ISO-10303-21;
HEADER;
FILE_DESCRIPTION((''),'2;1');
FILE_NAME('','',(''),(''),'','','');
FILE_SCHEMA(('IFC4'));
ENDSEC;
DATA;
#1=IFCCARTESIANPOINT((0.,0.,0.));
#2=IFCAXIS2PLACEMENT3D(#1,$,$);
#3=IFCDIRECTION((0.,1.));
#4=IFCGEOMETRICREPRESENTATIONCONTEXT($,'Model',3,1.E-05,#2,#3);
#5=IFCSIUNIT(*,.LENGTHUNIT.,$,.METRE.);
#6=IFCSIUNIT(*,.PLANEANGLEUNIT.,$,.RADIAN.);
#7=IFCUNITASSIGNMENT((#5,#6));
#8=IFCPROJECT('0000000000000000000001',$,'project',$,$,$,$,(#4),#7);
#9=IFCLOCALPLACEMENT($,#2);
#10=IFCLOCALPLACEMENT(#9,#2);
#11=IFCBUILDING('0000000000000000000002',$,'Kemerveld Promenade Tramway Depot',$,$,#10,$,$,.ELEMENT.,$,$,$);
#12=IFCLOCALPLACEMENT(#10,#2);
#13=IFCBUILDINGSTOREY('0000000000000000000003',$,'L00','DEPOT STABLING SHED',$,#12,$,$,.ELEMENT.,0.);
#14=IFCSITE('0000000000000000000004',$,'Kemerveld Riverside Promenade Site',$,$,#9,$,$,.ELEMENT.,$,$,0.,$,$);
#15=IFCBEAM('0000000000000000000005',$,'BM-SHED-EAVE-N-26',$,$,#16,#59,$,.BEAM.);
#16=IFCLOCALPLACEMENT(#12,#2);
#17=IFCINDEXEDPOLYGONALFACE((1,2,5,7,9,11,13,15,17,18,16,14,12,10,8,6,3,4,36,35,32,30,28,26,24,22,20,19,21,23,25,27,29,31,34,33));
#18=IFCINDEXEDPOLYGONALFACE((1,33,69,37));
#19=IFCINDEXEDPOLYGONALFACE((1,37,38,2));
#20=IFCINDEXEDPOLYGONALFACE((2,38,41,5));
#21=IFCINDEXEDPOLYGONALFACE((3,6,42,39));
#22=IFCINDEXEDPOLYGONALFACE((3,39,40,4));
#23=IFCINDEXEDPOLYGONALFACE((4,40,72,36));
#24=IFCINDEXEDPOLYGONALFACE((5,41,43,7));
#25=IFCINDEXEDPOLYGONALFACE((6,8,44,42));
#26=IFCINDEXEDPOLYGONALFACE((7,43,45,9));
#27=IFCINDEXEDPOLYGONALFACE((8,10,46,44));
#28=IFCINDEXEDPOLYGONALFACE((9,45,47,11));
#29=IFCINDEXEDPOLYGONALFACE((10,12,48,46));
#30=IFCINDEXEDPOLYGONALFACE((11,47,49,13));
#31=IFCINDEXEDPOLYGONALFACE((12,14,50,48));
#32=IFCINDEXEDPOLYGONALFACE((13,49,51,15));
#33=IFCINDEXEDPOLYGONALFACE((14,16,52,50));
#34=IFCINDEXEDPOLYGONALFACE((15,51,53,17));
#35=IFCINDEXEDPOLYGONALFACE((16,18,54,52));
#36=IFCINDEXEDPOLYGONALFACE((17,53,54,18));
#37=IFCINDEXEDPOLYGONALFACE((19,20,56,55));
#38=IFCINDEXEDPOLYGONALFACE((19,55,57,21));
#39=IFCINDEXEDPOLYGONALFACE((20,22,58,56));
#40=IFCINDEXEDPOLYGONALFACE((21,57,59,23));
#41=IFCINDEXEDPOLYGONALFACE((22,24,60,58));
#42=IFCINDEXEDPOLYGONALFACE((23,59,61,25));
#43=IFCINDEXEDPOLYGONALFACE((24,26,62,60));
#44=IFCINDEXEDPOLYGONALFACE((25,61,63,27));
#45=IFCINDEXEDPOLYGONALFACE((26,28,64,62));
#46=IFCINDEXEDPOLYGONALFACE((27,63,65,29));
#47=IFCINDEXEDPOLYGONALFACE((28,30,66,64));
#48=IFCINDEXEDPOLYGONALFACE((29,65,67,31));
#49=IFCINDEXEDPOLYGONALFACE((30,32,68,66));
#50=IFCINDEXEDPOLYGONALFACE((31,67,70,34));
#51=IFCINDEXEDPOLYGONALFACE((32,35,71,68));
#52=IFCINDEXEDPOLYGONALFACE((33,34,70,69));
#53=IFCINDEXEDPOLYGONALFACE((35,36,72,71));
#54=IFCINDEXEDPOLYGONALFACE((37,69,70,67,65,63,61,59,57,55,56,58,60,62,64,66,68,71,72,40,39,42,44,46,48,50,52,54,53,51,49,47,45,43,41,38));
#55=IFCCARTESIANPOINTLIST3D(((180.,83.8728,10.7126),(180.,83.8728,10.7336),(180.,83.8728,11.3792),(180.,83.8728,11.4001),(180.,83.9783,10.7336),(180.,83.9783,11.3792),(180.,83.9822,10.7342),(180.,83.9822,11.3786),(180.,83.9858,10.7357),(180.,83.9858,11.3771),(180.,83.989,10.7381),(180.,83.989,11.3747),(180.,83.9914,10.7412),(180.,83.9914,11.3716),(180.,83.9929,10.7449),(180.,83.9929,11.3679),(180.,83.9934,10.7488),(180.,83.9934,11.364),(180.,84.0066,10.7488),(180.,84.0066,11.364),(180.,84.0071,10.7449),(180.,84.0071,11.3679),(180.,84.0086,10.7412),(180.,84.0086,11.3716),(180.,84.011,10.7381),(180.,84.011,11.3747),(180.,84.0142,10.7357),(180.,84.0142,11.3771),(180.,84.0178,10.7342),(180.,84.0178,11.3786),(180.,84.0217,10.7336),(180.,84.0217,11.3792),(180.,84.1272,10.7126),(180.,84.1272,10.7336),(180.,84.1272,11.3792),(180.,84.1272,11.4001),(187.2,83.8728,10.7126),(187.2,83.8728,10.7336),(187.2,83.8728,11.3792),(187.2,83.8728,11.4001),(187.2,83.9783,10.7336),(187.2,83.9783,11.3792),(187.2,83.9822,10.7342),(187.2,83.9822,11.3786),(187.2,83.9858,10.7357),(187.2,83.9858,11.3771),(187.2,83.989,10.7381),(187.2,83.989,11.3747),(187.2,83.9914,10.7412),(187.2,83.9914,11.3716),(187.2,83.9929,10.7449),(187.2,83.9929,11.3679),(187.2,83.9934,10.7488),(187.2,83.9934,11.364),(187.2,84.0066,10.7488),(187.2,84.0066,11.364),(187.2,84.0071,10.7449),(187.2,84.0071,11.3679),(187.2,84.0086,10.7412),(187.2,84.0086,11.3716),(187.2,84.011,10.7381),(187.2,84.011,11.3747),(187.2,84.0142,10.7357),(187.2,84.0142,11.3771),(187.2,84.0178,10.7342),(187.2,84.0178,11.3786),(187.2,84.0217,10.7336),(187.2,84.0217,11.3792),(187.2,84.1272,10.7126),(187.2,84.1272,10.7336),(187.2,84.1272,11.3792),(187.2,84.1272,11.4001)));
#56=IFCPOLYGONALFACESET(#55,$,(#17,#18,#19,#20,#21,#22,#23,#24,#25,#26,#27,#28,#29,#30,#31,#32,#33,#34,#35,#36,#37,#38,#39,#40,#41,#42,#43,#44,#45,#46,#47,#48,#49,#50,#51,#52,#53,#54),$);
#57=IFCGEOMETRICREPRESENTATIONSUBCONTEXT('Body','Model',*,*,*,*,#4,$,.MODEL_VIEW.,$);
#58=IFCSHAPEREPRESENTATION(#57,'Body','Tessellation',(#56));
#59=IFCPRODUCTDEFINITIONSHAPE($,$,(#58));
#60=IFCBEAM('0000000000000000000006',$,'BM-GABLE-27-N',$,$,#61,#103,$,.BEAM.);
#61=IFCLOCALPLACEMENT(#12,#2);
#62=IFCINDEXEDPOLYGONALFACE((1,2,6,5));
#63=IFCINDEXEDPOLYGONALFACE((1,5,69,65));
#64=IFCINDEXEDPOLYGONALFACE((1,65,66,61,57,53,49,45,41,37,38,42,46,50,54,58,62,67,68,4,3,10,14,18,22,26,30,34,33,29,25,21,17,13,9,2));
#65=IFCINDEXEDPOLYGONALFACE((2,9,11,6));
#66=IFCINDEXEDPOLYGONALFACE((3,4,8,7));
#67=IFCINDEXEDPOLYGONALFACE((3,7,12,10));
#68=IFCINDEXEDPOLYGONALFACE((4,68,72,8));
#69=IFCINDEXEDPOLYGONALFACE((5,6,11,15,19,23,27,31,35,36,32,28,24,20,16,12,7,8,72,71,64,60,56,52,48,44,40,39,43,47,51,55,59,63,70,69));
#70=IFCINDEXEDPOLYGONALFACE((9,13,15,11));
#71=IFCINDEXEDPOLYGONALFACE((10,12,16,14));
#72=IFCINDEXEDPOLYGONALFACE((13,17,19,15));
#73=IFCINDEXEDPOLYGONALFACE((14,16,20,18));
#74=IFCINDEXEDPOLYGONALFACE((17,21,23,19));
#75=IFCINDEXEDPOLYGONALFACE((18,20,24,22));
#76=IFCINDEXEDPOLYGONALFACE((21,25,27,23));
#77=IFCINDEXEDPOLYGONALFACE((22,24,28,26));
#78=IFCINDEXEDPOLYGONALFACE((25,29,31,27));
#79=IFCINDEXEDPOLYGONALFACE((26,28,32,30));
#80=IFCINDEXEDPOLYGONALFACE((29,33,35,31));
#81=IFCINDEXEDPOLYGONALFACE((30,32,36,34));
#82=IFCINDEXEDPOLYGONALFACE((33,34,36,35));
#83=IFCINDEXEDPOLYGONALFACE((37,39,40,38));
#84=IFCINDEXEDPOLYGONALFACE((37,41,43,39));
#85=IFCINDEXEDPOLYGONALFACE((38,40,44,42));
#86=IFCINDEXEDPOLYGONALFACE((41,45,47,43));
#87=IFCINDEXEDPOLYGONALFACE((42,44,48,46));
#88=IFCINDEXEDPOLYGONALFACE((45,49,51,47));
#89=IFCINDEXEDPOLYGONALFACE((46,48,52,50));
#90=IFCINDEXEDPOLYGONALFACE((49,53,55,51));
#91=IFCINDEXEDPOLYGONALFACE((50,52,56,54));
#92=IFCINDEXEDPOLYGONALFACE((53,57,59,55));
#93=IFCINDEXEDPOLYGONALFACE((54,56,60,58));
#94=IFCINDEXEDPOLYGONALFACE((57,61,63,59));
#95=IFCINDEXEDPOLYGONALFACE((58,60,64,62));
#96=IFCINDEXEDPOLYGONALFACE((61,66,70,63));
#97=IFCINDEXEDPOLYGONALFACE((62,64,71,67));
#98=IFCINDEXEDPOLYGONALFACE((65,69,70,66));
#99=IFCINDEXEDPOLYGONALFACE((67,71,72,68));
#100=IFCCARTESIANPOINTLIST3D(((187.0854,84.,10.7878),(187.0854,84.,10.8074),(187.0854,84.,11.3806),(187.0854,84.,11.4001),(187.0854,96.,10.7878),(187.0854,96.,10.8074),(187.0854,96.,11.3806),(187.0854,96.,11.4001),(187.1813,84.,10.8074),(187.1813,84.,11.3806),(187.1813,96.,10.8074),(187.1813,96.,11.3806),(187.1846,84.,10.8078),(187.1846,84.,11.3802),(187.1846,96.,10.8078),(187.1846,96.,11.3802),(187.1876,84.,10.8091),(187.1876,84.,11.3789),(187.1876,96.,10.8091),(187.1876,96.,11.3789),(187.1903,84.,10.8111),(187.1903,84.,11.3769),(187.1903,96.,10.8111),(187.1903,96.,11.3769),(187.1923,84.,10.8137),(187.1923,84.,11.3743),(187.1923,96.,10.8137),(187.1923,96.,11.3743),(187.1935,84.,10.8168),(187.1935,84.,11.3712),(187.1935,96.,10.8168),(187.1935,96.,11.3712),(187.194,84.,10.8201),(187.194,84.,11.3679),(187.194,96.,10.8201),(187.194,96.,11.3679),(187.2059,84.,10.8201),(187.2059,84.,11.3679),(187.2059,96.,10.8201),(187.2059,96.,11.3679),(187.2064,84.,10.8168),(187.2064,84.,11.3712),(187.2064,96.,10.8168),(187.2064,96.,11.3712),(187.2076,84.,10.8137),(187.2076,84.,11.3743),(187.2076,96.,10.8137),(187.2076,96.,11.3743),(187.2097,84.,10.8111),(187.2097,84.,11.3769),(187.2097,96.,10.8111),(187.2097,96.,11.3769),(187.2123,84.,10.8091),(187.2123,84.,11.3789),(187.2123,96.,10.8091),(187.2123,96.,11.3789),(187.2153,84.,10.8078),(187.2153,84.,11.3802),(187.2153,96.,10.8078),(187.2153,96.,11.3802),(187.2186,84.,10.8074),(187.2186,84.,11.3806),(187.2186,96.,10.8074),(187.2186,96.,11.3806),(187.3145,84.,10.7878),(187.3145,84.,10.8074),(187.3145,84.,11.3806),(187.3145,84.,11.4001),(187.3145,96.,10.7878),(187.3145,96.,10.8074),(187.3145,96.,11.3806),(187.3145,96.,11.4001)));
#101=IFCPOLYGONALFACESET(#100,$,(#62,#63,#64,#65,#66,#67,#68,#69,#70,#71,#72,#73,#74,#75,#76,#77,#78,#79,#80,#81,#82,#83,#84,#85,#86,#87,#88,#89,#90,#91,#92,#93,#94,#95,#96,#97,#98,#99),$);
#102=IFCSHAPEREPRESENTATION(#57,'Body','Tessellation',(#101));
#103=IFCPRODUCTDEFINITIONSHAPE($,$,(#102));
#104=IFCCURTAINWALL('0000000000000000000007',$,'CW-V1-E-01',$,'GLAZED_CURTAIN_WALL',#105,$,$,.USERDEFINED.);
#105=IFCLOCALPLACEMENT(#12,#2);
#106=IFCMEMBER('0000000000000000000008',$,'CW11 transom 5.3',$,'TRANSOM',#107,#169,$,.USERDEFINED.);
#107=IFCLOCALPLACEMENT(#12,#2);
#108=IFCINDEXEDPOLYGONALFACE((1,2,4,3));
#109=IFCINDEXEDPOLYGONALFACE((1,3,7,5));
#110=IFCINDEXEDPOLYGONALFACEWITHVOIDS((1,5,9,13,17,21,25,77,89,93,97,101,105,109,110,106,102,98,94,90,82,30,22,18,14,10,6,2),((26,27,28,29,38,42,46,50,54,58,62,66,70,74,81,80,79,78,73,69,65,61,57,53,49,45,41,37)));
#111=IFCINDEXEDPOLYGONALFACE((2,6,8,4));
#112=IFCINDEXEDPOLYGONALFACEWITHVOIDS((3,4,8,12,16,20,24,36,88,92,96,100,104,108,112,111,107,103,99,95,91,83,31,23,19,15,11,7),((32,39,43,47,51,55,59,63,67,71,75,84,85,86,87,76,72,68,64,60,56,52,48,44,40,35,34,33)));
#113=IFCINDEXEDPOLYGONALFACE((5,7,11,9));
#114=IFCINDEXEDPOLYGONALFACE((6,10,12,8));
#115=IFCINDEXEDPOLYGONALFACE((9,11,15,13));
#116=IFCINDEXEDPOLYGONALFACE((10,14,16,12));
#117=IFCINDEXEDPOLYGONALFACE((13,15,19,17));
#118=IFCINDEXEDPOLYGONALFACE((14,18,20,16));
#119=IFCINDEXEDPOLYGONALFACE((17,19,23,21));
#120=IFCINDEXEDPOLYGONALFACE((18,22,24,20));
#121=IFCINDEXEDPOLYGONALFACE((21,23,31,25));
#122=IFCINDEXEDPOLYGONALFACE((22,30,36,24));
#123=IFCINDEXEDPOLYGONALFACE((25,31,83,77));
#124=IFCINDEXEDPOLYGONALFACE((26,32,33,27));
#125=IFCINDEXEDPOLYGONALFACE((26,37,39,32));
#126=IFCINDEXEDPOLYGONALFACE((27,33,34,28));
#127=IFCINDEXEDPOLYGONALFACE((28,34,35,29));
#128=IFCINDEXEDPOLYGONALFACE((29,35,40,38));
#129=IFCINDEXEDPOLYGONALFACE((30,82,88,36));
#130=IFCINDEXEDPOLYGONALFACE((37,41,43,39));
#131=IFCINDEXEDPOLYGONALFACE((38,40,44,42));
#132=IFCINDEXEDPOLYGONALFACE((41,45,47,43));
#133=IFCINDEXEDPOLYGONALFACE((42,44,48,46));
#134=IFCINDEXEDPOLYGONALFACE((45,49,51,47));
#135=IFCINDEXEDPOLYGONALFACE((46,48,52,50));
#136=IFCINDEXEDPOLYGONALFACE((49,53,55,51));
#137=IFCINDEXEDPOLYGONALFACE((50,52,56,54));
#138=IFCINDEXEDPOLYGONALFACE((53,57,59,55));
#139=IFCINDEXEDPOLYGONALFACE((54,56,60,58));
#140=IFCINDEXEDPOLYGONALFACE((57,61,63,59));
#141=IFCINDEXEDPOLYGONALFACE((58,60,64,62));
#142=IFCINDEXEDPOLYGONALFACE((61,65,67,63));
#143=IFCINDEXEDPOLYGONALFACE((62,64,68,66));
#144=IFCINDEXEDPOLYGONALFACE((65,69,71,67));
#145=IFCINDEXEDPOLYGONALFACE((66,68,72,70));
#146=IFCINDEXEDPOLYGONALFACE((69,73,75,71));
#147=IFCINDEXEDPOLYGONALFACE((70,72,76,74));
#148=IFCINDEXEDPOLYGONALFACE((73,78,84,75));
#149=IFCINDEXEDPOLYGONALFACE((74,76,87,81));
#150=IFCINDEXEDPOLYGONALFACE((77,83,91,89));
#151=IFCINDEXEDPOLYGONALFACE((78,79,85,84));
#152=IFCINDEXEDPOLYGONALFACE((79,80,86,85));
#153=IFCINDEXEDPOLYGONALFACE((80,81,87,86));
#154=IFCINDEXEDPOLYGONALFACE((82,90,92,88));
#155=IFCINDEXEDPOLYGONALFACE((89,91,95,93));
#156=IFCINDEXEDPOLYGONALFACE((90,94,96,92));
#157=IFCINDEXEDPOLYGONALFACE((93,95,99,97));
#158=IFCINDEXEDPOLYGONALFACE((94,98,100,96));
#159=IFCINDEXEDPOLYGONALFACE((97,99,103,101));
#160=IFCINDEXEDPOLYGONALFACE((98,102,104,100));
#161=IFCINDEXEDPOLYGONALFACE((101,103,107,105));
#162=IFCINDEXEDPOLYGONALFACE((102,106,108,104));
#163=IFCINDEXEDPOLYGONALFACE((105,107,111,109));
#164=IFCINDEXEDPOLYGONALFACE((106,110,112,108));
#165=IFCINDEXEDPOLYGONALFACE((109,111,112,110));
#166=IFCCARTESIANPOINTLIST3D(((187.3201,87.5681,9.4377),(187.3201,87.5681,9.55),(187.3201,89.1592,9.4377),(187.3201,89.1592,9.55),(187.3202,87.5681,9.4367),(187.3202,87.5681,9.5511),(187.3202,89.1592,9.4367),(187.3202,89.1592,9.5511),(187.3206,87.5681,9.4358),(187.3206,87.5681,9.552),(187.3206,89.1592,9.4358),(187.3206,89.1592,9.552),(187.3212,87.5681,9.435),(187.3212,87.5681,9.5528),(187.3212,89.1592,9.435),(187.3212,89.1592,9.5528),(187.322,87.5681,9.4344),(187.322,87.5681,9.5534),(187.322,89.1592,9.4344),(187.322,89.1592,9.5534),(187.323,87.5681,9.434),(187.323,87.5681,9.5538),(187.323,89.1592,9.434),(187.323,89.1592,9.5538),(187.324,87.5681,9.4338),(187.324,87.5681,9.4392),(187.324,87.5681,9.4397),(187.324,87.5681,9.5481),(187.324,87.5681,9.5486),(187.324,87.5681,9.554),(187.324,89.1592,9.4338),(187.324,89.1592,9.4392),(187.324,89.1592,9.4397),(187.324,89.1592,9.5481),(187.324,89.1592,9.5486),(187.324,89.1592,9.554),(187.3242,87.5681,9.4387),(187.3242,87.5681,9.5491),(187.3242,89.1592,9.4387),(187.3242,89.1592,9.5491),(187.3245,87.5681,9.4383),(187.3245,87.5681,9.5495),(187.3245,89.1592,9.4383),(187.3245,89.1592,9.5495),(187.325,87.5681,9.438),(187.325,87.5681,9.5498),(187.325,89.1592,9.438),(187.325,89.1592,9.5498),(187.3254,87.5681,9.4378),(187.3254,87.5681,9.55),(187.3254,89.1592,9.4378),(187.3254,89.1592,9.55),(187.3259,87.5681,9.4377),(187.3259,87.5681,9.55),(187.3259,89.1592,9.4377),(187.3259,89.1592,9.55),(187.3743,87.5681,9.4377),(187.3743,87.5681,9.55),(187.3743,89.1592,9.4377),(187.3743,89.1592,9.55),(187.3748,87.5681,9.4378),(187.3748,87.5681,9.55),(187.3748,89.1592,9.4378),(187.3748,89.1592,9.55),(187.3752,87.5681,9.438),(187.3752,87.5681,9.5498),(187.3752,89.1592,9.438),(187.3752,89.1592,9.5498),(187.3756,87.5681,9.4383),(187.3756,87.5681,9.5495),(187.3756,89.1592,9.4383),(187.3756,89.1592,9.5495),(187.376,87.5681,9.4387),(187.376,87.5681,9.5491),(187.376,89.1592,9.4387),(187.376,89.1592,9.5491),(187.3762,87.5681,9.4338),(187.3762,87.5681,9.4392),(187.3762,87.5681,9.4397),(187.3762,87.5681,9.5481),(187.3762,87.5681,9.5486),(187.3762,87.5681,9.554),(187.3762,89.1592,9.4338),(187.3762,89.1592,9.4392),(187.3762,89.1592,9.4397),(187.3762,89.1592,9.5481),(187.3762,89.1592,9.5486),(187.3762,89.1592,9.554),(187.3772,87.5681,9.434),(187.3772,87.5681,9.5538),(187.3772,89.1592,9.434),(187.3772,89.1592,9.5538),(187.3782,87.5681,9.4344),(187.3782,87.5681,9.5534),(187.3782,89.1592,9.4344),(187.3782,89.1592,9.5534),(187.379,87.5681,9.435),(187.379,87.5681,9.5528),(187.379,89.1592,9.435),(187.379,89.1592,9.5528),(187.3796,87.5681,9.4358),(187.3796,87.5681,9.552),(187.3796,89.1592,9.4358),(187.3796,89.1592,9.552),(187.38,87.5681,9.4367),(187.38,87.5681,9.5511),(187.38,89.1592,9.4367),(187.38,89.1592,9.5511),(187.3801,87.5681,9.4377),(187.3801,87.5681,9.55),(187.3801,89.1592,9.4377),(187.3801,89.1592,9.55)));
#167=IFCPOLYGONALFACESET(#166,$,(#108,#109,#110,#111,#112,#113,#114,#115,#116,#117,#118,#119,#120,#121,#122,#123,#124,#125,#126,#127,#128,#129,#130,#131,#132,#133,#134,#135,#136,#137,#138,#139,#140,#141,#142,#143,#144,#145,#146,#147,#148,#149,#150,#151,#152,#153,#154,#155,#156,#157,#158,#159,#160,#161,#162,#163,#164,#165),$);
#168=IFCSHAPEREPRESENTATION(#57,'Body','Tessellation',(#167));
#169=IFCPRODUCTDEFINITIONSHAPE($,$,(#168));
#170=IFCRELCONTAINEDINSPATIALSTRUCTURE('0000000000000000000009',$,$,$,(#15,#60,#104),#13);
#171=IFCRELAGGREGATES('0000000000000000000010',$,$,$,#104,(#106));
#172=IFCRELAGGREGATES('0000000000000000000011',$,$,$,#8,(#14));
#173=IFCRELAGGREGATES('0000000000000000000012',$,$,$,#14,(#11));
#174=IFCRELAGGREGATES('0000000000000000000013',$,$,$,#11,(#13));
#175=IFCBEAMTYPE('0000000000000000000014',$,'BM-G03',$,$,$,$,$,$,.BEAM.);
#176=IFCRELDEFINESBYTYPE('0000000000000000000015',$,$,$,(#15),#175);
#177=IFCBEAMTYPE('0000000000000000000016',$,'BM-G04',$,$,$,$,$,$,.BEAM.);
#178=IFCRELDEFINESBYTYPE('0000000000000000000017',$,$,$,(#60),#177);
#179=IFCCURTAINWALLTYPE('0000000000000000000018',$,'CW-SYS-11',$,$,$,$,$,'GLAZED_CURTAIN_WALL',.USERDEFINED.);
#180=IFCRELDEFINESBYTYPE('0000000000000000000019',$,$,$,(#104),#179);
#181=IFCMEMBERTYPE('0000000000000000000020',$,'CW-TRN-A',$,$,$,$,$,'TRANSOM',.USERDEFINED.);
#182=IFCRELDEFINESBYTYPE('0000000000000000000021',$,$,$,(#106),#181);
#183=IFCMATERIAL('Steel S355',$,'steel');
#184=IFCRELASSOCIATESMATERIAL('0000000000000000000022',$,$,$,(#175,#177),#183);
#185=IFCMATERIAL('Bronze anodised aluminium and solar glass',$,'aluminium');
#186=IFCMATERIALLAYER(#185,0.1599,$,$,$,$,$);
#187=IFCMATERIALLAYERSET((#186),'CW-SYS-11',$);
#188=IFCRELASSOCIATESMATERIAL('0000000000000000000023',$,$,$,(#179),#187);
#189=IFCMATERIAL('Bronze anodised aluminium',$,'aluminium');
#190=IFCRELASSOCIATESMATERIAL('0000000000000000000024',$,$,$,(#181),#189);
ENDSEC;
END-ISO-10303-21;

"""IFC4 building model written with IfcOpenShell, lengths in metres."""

from ifc_helpers import new_model, si_unit, direction, frame, origin, origin_2d, place, context, subcontext, project, spatial, hollow_rectangle, i_section, extrude, material, layer, layer_set, material_profile, profile_set, type_object, element, aggregate, save


model = new_model("IFC4")

# Units and contexts
model_context = context("Model", 3, precision=1e-05, world=origin(), true_north=direction((0.0, 1.0)))
body_context = subcontext(model_context, "Body", "Model", "MODEL_VIEW")
ifc_project = project(units=[si_unit("LENGTHUNIT", "METRE"), si_unit("PLANEANGLEUNIT", "RADIAN")], contexts=[model_context])

# Site, building, storey
site_placement = place(None, origin())
site = spatial("IfcSite", under=ifc_project, at=site_placement, Name="Kemerveld Riverside Promenade Site", CompositionType="ELEMENT", RefElevation=0.0)
building_placement = place(site_placement, origin())
building = spatial("IfcBuilding", under=site, at=building_placement, Name="Kemerveld Promenade Tramway Depot", CompositionType="ELEMENT")
storey_placement = place(building_placement, origin())
storey = spatial("IfcBuildingStorey", under=building, at=storey_placement, Name="L00", Description="DEPOT STABLING SHED", CompositionType="ELEMENT", Elevation=0.0)

# Beams
ifc_material_1 = material(Name="Steel S355", Category="steel")
ifc_material_profile_1 = material_profile(ifc_material_1, i_section(OverallWidth=0.2544, OverallDepth=0.6875, WebThickness=0.0132, FlangeThickness=0.021, FilletRadius=0.0151, at=origin_2d()), Name="686x254x152 UB")
ifc_profile_set_1 = profile_set([ifc_material_profile_1], Name="Steel S355")
beam_type_1 = type_object("IfcBeamType", Name="BM-G03", PredefinedType="BEAM", material=ifc_profile_set_1)
beam_1_placement = place(storey_placement, frame((180.0, 84.0, 11.0564), z_axis=(1.0, 0.0, 0.0), x_axis=(0.0, 1.0, 0.0)))
element("IfcBeam", 1, at=beam_1_placement, inside=storey, type_object=beam_type_1, Name="BM-SHED-EAVE-N-26", PredefinedType="BEAM", context=body_context, shape_type="SweptSolid", body=[
    extrude(i_section(OverallWidth=0.2544, OverallDepth=0.6875, WebThickness=0.0132, FlangeThickness=0.021, FilletRadius=0.0151, at=origin_2d()), origin(), (0.0, 0.0, 1.0), 7.2),
])
ifc_material_profile_2 = material_profile(ifc_material_1, i_section(OverallWidth=0.229, OverallDepth=0.6123, WebThickness=0.012, FlangeThickness=0.0195, FilletRadius=0.0127, at=origin_2d()), Name="610x229x125 UB")
ifc_profile_set_2 = profile_set([ifc_material_profile_2], Name="Steel S355")
beam_type_2 = type_object("IfcBeamType", Name="BM-G04", PredefinedType="BEAM", material=ifc_profile_set_2)
beam_2_placement = place(storey_placement, frame((187.2, 84.0, 11.094), z_axis=(0.0, 1.0, 0.0), x_axis=(-1.0, 0.0, 0.0)))
element("IfcBeam", 2, at=beam_2_placement, inside=storey, type_object=beam_type_2, Name="BM-GABLE-27-N", PredefinedType="BEAM", context=body_context, shape_type="SweptSolid", body=[
    extrude(i_section(OverallWidth=0.229, OverallDepth=0.6123, WebThickness=0.012, FlangeThickness=0.0195, FilletRadius=0.0127, at=origin_2d()), origin(), (0.0, 0.0, 1.0), 12.0),
])

# Curtain wall, member
ifc_material_2 = material(Name="Bronze anodised aluminium and solar glass", Category="aluminium")
ifc_layer_1 = layer(ifc_material_2, 0.1599)
ifc_layer_set_1 = layer_set([ifc_layer_1], Name="CW-SYS-11")
curtain_wall_type_1 = type_object("IfcCurtainWallType", Name="CW-SYS-11", ElementType="GLAZED_CURTAIN_WALL", PredefinedType="USERDEFINED", material=ifc_layer_set_1)
curtain_wall_1_placement = place(storey_placement, origin())
curtain_wall_1 = element("IfcCurtainWall", 3, at=curtain_wall_1_placement, inside=storey, type_object=curtain_wall_type_1, Name="CW-V1-E-01", ObjectType="GLAZED_CURTAIN_WALL", PredefinedType="USERDEFINED")
ifc_material_3 = material(Name="Bronze anodised aluminium", Category="aluminium")
ifc_material_profile_3 = material_profile(ifc_material_3, hollow_rectangle(XDim=0.0601, YDim=0.1201, WallThickness=0.0039, InnerFilletRadius=0.002, OuterFilletRadius=0.0039, at=origin_2d()), Name="CW-TRN-120x60")
ifc_profile_set_3 = profile_set([ifc_material_profile_3], Name="Bronze anodised aluminium")
member_type_1 = type_object("IfcMemberType", Name="CW-TRN-A", ElementType="TRANSOM", PredefinedType="USERDEFINED", material=ifc_profile_set_3)
member_1_placement = place(storey_placement, frame((187.3501, 89.1592, 9.4939), z_axis=(0.0, -1.0, 0.0), x_axis=(1.0, 0.0, 0.0)))
member_1 = element("IfcMember", 4, at=member_1_placement, type_object=member_type_1, Name="CW11 transom 5.3", ObjectType="TRANSOM", PredefinedType="USERDEFINED", context=body_context, shape_type="SweptSolid", body=[
    extrude(hollow_rectangle(XDim=0.0601, YDim=0.1201, WallThickness=0.0039, InnerFilletRadius=0.002, OuterFilletRadius=0.0039, at=origin_2d()), origin(), (0.0, 0.0, 1.0), 1.5911),
])

aggregate(curtain_wall_1, [member_1])

save(model, "model.ifc")
